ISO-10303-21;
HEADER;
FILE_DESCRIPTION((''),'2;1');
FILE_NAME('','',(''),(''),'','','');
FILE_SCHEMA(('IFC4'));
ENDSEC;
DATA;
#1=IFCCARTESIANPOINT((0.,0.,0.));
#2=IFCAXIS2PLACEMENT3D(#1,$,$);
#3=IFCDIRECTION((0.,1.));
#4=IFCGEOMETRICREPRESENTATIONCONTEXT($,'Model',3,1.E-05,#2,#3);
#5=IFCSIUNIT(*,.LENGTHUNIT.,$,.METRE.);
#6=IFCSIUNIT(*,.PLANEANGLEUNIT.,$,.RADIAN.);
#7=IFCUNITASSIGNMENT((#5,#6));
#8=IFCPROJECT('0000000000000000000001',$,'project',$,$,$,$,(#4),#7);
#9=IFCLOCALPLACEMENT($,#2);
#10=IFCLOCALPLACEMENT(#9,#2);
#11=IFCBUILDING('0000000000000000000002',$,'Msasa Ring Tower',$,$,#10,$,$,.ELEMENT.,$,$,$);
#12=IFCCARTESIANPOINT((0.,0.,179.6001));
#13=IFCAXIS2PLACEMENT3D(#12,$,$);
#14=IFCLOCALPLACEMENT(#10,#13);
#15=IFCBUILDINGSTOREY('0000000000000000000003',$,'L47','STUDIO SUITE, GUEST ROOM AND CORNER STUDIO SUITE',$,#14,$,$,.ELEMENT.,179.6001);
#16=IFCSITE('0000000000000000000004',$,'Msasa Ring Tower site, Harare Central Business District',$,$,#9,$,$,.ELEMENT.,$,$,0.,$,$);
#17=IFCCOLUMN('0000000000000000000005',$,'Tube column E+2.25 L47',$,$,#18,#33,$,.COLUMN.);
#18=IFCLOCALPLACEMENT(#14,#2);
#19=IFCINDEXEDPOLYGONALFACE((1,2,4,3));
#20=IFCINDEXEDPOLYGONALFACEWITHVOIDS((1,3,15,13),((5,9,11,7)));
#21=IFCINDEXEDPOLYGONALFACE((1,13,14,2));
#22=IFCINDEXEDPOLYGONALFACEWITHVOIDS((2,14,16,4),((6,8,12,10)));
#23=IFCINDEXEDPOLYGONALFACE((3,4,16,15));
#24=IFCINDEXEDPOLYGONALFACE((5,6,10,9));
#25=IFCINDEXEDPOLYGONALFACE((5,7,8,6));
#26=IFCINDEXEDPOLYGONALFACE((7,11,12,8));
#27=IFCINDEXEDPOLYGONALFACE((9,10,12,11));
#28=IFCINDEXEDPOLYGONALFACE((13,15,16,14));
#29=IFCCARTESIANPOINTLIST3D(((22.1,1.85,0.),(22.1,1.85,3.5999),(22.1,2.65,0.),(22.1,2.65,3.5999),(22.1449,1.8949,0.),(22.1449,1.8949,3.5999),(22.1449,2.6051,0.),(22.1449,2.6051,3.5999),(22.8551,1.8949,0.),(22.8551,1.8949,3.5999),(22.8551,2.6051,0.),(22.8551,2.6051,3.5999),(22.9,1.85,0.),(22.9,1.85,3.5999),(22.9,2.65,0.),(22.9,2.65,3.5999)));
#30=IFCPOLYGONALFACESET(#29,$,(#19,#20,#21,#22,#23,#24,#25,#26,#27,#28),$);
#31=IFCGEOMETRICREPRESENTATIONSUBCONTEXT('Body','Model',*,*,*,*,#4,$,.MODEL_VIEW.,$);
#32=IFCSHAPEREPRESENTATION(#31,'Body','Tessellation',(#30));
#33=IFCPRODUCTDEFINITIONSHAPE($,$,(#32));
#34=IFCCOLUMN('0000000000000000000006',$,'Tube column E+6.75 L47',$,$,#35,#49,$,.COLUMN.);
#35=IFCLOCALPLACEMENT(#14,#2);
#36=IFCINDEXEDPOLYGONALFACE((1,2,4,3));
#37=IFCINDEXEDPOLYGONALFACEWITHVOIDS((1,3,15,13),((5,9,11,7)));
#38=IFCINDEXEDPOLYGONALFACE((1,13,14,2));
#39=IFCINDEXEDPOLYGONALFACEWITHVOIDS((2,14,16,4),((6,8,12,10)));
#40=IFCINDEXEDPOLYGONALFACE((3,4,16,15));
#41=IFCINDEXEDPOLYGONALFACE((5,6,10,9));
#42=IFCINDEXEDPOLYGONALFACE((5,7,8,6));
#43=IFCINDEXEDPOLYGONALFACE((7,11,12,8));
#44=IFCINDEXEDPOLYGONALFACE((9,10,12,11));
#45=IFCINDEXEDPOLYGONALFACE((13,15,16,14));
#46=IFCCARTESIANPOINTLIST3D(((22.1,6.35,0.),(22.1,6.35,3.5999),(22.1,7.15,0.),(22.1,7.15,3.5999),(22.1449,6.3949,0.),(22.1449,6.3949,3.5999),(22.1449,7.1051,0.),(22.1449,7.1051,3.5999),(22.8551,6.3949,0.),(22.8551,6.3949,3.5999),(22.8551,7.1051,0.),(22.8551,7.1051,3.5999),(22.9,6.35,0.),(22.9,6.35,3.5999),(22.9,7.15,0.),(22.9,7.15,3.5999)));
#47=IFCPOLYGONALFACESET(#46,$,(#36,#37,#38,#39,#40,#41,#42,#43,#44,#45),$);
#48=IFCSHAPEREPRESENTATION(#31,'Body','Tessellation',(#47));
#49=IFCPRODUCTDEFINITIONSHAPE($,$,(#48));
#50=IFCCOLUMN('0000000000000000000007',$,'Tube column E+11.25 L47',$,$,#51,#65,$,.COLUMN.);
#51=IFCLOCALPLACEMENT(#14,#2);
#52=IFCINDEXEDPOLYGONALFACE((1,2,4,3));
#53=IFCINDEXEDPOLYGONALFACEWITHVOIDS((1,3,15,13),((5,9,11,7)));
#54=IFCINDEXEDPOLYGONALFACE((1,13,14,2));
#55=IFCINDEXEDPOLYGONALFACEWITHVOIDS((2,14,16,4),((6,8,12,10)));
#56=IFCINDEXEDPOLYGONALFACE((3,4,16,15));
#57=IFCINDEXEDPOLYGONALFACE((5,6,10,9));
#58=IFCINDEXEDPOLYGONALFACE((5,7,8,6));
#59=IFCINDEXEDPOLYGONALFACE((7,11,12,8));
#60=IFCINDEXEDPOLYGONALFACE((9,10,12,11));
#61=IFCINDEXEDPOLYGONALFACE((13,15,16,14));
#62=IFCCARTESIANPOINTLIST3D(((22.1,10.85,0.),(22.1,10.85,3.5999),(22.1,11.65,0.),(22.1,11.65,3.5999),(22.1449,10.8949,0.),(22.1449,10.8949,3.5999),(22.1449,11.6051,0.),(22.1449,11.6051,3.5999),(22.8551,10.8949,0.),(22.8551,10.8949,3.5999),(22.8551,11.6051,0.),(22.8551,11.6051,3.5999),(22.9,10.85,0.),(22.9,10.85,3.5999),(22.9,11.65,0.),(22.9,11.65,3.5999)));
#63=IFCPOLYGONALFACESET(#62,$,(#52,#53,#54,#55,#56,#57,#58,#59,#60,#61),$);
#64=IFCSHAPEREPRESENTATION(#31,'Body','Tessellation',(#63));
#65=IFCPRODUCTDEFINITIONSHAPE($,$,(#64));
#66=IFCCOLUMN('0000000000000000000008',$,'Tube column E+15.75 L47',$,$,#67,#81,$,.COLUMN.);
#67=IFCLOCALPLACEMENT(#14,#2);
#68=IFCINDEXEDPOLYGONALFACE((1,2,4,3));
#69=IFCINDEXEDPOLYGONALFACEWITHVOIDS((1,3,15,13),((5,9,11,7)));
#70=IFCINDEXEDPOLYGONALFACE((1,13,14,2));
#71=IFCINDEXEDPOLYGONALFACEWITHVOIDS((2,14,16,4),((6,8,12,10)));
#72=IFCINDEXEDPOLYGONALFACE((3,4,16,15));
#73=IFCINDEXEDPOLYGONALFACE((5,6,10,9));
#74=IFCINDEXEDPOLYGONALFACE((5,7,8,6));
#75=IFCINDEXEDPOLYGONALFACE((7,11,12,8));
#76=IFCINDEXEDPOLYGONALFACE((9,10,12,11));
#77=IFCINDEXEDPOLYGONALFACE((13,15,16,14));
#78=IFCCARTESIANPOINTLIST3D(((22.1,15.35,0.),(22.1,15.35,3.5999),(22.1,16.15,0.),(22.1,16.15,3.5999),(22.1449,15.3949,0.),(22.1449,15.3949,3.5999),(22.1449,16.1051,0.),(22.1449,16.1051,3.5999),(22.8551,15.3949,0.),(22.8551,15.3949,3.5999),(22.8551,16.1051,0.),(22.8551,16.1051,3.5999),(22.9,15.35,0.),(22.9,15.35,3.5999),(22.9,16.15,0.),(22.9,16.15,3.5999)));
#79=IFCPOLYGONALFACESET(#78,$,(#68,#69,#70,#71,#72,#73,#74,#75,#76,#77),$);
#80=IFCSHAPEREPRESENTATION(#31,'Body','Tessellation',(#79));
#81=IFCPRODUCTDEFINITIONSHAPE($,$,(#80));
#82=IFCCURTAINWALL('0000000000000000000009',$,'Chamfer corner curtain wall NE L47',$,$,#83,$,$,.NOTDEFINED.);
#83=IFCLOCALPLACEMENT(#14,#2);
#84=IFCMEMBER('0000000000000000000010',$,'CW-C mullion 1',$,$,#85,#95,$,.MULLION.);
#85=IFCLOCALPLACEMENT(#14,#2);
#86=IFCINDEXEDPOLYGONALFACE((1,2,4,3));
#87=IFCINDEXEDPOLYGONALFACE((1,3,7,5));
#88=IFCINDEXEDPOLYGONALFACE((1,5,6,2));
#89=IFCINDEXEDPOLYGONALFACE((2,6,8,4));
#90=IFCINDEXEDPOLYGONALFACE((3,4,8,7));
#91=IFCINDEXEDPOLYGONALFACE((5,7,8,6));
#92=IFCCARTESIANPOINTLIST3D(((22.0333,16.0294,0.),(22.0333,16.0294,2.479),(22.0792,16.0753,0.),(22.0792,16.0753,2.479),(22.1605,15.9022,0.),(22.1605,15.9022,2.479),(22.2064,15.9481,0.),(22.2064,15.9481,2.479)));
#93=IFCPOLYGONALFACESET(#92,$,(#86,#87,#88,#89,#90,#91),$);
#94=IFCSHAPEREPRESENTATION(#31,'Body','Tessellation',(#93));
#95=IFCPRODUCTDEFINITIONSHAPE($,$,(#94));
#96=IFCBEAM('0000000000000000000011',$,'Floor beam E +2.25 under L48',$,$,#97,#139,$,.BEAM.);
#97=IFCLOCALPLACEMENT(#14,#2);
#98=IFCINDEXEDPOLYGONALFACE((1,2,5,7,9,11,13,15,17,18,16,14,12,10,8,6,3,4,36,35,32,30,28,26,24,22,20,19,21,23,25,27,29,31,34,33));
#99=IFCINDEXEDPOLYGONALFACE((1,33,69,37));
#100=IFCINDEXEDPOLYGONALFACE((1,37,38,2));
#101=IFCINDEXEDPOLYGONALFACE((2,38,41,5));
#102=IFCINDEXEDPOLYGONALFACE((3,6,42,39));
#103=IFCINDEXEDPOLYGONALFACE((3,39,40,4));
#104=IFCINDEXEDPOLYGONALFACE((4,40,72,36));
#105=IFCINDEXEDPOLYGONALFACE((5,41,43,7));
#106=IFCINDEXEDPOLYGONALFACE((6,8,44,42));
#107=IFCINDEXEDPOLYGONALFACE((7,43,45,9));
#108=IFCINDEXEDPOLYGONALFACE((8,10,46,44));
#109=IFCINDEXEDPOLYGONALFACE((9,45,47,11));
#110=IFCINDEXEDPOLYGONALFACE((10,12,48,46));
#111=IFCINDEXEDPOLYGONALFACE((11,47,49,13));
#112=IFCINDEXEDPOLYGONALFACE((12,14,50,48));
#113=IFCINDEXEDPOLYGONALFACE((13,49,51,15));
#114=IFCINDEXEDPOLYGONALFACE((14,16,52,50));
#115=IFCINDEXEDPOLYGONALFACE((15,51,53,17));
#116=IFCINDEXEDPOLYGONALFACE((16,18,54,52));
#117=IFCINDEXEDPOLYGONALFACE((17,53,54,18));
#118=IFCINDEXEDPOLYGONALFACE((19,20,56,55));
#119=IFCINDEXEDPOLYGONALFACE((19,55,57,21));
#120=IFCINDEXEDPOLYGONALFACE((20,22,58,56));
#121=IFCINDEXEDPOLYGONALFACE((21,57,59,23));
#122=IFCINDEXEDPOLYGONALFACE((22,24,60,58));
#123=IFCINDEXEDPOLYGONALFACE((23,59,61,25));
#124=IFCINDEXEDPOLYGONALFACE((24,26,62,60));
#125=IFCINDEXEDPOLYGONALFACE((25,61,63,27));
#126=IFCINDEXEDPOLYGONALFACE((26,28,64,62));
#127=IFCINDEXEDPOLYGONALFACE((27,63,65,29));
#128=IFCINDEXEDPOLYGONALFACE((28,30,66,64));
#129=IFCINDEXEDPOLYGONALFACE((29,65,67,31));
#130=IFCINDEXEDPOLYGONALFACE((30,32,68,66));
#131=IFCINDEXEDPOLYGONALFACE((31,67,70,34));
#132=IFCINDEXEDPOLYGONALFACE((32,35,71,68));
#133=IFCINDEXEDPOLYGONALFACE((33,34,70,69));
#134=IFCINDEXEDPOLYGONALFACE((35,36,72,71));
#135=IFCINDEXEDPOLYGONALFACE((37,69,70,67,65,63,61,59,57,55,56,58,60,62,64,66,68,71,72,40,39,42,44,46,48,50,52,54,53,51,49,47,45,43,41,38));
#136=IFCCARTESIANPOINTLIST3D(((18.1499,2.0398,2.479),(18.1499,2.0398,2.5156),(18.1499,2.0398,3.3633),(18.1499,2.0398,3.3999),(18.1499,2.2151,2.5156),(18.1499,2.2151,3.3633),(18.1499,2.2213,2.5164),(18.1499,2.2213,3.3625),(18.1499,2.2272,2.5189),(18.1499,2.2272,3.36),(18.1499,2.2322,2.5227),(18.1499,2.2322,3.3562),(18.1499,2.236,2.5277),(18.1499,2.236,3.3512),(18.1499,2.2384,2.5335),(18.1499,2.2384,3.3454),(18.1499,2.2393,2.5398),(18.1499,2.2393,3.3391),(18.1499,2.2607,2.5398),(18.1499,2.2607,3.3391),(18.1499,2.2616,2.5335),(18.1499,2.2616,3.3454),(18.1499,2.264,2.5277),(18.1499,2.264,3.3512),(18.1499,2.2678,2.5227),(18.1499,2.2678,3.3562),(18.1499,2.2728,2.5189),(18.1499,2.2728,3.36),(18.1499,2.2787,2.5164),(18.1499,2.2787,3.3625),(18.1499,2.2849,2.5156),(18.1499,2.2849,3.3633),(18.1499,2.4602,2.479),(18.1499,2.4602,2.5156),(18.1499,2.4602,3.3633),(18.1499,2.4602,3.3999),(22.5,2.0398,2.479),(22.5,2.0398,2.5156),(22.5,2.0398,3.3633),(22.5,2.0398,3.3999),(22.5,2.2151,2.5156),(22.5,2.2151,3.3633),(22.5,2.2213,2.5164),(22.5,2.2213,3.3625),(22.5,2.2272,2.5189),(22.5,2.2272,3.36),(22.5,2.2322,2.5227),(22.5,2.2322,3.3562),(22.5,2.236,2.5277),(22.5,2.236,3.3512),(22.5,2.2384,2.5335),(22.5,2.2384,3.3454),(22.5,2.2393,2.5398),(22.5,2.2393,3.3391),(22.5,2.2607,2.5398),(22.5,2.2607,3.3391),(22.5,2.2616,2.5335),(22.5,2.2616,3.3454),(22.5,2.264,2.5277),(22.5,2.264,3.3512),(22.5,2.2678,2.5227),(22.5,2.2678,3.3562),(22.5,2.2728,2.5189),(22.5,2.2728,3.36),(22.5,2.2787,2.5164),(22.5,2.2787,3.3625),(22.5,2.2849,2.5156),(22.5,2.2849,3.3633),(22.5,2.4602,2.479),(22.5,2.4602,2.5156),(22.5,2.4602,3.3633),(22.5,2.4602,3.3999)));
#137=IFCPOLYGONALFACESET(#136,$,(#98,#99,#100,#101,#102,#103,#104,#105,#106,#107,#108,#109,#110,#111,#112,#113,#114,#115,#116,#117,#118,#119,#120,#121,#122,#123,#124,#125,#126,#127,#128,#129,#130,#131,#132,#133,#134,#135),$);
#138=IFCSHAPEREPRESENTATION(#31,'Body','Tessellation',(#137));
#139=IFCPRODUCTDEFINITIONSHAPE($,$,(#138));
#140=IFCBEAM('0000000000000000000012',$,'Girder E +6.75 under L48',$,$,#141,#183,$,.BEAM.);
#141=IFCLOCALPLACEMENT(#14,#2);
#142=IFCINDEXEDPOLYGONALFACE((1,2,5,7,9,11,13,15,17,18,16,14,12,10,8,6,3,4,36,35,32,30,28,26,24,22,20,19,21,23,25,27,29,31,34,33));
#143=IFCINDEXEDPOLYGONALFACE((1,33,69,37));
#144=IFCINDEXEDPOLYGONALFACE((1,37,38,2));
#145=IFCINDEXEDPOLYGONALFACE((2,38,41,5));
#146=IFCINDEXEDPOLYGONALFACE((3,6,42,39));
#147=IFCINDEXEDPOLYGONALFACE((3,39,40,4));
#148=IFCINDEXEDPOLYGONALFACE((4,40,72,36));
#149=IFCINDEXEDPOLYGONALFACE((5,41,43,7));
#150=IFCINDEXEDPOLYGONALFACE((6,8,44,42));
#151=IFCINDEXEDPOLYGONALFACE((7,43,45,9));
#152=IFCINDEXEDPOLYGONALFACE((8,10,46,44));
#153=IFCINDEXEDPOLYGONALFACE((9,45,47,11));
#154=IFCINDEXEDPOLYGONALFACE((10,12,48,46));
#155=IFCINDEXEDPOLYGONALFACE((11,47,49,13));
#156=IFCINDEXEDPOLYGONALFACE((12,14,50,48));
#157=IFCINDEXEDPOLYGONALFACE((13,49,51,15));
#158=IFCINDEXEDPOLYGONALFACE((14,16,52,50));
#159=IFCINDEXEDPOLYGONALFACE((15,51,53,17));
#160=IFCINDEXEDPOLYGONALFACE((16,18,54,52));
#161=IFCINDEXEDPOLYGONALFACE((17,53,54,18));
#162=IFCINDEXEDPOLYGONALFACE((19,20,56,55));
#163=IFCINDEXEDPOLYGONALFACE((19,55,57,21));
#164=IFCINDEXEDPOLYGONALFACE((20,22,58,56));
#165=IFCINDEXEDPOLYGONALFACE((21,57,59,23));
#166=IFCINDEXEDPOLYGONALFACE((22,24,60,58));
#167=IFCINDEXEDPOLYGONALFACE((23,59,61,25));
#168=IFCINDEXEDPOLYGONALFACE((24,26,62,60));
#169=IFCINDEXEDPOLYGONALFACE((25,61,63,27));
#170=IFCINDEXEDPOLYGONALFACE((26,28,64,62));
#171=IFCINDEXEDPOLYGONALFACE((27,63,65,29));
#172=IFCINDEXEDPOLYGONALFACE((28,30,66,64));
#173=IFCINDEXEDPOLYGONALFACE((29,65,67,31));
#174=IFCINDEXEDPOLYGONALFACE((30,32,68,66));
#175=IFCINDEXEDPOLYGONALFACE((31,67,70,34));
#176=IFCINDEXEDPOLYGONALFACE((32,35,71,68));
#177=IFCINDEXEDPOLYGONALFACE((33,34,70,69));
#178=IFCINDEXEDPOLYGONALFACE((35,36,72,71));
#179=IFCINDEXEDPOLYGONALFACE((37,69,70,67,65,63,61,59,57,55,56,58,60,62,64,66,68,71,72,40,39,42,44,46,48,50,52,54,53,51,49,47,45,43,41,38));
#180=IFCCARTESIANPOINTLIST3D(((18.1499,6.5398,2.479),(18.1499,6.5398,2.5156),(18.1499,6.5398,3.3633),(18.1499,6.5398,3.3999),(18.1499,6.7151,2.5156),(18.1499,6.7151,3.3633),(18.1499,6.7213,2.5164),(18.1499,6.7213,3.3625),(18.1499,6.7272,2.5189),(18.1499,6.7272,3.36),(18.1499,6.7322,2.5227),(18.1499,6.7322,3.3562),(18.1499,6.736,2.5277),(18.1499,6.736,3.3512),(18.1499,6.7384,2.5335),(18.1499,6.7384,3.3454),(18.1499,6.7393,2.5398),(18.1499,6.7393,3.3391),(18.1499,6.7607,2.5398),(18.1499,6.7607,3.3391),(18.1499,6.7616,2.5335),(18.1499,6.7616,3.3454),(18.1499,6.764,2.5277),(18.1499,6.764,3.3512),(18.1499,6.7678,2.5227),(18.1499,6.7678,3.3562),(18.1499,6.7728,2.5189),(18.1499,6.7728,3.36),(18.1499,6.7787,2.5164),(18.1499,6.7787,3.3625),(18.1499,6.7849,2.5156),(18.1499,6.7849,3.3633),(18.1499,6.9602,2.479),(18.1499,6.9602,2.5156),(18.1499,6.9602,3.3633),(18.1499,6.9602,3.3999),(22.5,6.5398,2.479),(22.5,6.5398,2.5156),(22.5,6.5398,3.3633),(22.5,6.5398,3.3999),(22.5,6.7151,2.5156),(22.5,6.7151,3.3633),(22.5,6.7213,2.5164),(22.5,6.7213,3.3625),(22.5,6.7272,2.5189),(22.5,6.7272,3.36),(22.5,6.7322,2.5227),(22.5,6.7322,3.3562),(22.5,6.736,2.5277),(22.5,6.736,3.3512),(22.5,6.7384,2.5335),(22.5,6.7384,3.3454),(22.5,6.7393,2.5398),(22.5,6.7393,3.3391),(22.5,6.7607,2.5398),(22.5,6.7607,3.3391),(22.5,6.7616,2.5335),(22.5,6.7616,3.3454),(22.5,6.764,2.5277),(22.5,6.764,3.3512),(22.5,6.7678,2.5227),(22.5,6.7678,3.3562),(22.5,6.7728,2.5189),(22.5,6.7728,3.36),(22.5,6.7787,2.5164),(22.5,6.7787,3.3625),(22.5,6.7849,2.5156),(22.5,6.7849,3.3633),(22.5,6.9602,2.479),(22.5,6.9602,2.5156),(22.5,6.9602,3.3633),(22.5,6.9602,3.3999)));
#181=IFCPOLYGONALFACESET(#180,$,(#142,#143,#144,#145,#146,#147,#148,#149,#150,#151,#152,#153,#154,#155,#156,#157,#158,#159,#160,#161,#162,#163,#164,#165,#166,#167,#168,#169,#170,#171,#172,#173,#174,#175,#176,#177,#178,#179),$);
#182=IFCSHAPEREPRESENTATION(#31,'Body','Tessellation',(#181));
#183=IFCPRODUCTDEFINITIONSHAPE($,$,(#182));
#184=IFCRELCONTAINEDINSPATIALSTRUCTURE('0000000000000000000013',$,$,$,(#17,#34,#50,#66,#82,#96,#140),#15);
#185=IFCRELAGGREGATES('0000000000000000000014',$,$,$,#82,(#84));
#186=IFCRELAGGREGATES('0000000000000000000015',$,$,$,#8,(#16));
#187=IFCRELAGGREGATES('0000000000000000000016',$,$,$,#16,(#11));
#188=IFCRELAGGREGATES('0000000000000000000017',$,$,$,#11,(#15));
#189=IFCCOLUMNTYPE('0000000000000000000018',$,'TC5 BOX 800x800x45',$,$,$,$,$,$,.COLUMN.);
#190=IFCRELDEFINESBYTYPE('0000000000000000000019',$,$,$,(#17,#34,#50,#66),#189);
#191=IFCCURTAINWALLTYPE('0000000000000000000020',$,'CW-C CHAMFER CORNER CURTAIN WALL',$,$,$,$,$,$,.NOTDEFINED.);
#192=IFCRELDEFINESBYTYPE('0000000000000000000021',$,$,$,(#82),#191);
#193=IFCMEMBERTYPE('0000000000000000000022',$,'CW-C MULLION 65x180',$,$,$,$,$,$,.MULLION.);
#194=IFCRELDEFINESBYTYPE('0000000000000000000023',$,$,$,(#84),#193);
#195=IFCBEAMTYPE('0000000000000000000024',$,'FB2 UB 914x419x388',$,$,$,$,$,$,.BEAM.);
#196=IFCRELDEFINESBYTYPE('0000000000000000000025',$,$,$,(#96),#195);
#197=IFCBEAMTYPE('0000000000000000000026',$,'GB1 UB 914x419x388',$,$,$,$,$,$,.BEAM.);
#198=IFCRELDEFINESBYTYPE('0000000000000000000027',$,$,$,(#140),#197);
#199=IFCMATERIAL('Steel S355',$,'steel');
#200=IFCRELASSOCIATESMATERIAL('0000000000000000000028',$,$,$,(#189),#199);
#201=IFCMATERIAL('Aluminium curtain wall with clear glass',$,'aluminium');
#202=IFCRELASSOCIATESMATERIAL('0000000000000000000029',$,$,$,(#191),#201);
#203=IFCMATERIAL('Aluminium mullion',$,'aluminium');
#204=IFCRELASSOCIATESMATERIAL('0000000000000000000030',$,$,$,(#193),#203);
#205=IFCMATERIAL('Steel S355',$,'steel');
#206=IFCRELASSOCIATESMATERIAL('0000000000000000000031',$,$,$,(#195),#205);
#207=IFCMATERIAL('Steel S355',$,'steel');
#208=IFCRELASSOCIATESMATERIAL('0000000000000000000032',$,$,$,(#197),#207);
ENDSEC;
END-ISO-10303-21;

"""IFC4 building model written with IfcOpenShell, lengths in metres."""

from ifc_helpers import new_model, si_unit, direction, frame, origin, origin_2d, place, context, subcontext, project, spatial, rectangle, hollow_rectangle, i_section, extrude, material, material_profile, profile_set, type_object, element, aggregate, save


model = new_model("IFC4")

# Units and contexts
model_context = context("Model", 3, precision=1e-05, world=origin(), true_north=direction((0.0, 1.0)))
body_context = subcontext(model_context, "Body", "Model", "MODEL_VIEW")
ifc_project = project(units=[si_unit("LENGTHUNIT", "METRE"), si_unit("PLANEANGLEUNIT", "RADIAN")], contexts=[model_context])

# Site, building, storey
site_placement = place(None, origin())
site = spatial("IfcSite", under=ifc_project, at=site_placement, Name="Msasa Ring Tower site, Harare Central Business District", CompositionType="ELEMENT", RefElevation=0.0)
building_placement = place(site_placement, origin())
building = spatial("IfcBuilding", under=site, at=building_placement, Name="Msasa Ring Tower", CompositionType="ELEMENT")
storey_placement = place(building_placement, frame((0.0, 0.0, 179.6001)))
storey = spatial("IfcBuildingStorey", under=building, at=storey_placement, Name="L47", Description="STUDIO SUITE, GUEST ROOM AND CORNER STUDIO SUITE", CompositionType="ELEMENT", Elevation=179.6001)

# Columns
ifc_material_1 = material(Name="Steel S355", Category="steel")
ifc_material_profile_1 = material_profile(ifc_material_1, hollow_rectangle(XDim=0.8, YDim=0.8, WallThickness=0.0449, at=origin_2d()), Name="BOX 800x800x45")
ifc_profile_set_1 = profile_set([ifc_material_profile_1], Name="Steel S355")
column_type = type_object("IfcColumnType", Name="TC5 BOX 800x800x45", PredefinedType="COLUMN", material=ifc_profile_set_1)
for number, where, z_axis, x_axis, name in (
    (1, (22.5, 2.25, 0.0), (0.0, 0.0, 1.0), (1.0, 0.0, 0.0), "Tube column E+2.25 L47"),
    (2, (22.5, 6.75, 0.0), (0.0, 0.0, 1.0), (1.0, 0.0, 0.0), "Tube column E+6.75 L47"),
    (3, (22.5, 11.25, 0.0), (0.0, 0.0, 1.0), (1.0, 0.0, 0.0), "Tube column E+11.25 L47"),
    (4, (22.5, 15.75, 0.0), (0.0, 0.0, 1.0), (1.0, 0.0, 0.0), "Tube column E+15.75 L47"),
):
    element("IfcColumn", number, at=place(storey_placement, frame(where, z_axis=z_axis, x_axis=x_axis)), inside=storey, type_object=column_type, Name=name, PredefinedType="COLUMN", context=body_context, shape_type="SweptSolid", body=[
        extrude(hollow_rectangle(XDim=0.8, YDim=0.8, WallThickness=0.0449, at=origin_2d()), origin(), (0.0, 0.0, 1.0), 3.5999),
    ])

# Curtain wall, member
ifc_material_2 = material(Name="Aluminium curtain wall with clear glass", Category="aluminium")
curtain_wall_type = type_object("IfcCurtainWallType", Name="CW-C CHAMFER CORNER CURTAIN WALL", PredefinedType="NOTDEFINED", material=ifc_material_2)
curtain_wall_placement = place(storey_placement, origin())
curtain_wall = element("IfcCurtainWall", 5, at=curtain_wall_placement, inside=storey, type_object=curtain_wall_type, Name="Chamfer corner curtain wall NE L47", PredefinedType="NOTDEFINED")
ifc_material_3 = material(Name="Aluminium mullion", Category="aluminium")
ifc_material_profile_2 = material_profile(ifc_material_3, rectangle(XDim=0.0649, YDim=0.1799, at=origin_2d()), Name="AL 65x180")
ifc_profile_set_2 = profile_set([ifc_material_profile_2], Name="Aluminium mullion")
member_type = type_object("IfcMemberType", Name="CW-C MULLION 65x180", PredefinedType="MULLION", material=ifc_profile_set_2)
member_placement = place(storey_placement, frame((22.1199, 15.9888, 0.0), z_axis=(0.0, 0.0, 1.0), x_axis=(-0.707107, -0.707107, 0.0)))
member = element("IfcMember", 6, at=member_placement, type_object=member_type, Name="CW-C mullion 1", PredefinedType="MULLION", context=body_context, shape_type="SweptSolid", body=[
    extrude(rectangle(XDim=0.0649, YDim=0.1799, at=origin_2d()), origin(), (0.0, 0.0, 1.0), 2.479),
])
aggregate(curtain_wall, [member])

# Beams
ifc_material_4 = material(Name="Steel S355", Category="steel")
ifc_material_profile_3 = material_profile(ifc_material_4, i_section(OverallWidth=0.4204, OverallDepth=0.9209, WebThickness=0.0215, FlangeThickness=0.0366, FilletRadius=0.0242, at=origin_2d()), Name="UB 914x419x388")
ifc_profile_set_3 = profile_set([ifc_material_profile_3], Name="Steel S355")
beam_type_1 = type_object("IfcBeamType", Name="FB2 UB 914x419x388", PredefinedType="BEAM", material=ifc_profile_set_3)
beam_1_placement = place(storey_placement, frame((22.5, 2.25, 2.9395), z_axis=(-1.0, 0.0, 0.0), x_axis=(0.0, -1.0, 0.0)))
element("IfcBeam", 7, at=beam_1_placement, inside=storey, type_object=beam_type_1, Name="Floor beam E +2.25 under L48", PredefinedType="BEAM", context=body_context, shape_type="SweptSolid", body=[
    extrude(i_section(OverallWidth=0.4204, OverallDepth=0.9209, WebThickness=0.0215, FlangeThickness=0.0366, FilletRadius=0.0242, at=origin_2d()), origin(), (0.0, 0.0, 1.0), 4.3501),
])
ifc_material_5 = material(Name="Steel S355", Category="steel")
ifc_material_profile_4 = material_profile(ifc_material_5, i_section(OverallWidth=0.4204, OverallDepth=0.9209, WebThickness=0.0215, FlangeThickness=0.0366, FilletRadius=0.0242, at=origin_2d()), Name="UB 914x419x388")
ifc_profile_set_4 = profile_set([ifc_material_profile_4], Name="Steel S355")
beam_type_2 = type_object("IfcBeamType", Name="GB1 UB 914x419x388", PredefinedType="BEAM", material=ifc_profile_set_4)
beam_2_placement = place(storey_placement, frame((18.1499, 6.75, 2.9395), z_axis=(1.0, 0.0, 0.0), x_axis=(0.0, 1.0, 0.0)))
element("IfcBeam", 8, at=beam_2_placement, inside=storey, type_object=beam_type_2, Name="Girder E +6.75 under L48", PredefinedType="BEAM", context=body_context, shape_type="SweptSolid", body=[
    extrude(i_section(OverallWidth=0.4204, OverallDepth=0.9209, WebThickness=0.0215, FlangeThickness=0.0366, FilletRadius=0.0242, at=origin_2d()), origin(), (0.0, 0.0, 1.0), 4.3501),
])

save(model, "model.ifc")
